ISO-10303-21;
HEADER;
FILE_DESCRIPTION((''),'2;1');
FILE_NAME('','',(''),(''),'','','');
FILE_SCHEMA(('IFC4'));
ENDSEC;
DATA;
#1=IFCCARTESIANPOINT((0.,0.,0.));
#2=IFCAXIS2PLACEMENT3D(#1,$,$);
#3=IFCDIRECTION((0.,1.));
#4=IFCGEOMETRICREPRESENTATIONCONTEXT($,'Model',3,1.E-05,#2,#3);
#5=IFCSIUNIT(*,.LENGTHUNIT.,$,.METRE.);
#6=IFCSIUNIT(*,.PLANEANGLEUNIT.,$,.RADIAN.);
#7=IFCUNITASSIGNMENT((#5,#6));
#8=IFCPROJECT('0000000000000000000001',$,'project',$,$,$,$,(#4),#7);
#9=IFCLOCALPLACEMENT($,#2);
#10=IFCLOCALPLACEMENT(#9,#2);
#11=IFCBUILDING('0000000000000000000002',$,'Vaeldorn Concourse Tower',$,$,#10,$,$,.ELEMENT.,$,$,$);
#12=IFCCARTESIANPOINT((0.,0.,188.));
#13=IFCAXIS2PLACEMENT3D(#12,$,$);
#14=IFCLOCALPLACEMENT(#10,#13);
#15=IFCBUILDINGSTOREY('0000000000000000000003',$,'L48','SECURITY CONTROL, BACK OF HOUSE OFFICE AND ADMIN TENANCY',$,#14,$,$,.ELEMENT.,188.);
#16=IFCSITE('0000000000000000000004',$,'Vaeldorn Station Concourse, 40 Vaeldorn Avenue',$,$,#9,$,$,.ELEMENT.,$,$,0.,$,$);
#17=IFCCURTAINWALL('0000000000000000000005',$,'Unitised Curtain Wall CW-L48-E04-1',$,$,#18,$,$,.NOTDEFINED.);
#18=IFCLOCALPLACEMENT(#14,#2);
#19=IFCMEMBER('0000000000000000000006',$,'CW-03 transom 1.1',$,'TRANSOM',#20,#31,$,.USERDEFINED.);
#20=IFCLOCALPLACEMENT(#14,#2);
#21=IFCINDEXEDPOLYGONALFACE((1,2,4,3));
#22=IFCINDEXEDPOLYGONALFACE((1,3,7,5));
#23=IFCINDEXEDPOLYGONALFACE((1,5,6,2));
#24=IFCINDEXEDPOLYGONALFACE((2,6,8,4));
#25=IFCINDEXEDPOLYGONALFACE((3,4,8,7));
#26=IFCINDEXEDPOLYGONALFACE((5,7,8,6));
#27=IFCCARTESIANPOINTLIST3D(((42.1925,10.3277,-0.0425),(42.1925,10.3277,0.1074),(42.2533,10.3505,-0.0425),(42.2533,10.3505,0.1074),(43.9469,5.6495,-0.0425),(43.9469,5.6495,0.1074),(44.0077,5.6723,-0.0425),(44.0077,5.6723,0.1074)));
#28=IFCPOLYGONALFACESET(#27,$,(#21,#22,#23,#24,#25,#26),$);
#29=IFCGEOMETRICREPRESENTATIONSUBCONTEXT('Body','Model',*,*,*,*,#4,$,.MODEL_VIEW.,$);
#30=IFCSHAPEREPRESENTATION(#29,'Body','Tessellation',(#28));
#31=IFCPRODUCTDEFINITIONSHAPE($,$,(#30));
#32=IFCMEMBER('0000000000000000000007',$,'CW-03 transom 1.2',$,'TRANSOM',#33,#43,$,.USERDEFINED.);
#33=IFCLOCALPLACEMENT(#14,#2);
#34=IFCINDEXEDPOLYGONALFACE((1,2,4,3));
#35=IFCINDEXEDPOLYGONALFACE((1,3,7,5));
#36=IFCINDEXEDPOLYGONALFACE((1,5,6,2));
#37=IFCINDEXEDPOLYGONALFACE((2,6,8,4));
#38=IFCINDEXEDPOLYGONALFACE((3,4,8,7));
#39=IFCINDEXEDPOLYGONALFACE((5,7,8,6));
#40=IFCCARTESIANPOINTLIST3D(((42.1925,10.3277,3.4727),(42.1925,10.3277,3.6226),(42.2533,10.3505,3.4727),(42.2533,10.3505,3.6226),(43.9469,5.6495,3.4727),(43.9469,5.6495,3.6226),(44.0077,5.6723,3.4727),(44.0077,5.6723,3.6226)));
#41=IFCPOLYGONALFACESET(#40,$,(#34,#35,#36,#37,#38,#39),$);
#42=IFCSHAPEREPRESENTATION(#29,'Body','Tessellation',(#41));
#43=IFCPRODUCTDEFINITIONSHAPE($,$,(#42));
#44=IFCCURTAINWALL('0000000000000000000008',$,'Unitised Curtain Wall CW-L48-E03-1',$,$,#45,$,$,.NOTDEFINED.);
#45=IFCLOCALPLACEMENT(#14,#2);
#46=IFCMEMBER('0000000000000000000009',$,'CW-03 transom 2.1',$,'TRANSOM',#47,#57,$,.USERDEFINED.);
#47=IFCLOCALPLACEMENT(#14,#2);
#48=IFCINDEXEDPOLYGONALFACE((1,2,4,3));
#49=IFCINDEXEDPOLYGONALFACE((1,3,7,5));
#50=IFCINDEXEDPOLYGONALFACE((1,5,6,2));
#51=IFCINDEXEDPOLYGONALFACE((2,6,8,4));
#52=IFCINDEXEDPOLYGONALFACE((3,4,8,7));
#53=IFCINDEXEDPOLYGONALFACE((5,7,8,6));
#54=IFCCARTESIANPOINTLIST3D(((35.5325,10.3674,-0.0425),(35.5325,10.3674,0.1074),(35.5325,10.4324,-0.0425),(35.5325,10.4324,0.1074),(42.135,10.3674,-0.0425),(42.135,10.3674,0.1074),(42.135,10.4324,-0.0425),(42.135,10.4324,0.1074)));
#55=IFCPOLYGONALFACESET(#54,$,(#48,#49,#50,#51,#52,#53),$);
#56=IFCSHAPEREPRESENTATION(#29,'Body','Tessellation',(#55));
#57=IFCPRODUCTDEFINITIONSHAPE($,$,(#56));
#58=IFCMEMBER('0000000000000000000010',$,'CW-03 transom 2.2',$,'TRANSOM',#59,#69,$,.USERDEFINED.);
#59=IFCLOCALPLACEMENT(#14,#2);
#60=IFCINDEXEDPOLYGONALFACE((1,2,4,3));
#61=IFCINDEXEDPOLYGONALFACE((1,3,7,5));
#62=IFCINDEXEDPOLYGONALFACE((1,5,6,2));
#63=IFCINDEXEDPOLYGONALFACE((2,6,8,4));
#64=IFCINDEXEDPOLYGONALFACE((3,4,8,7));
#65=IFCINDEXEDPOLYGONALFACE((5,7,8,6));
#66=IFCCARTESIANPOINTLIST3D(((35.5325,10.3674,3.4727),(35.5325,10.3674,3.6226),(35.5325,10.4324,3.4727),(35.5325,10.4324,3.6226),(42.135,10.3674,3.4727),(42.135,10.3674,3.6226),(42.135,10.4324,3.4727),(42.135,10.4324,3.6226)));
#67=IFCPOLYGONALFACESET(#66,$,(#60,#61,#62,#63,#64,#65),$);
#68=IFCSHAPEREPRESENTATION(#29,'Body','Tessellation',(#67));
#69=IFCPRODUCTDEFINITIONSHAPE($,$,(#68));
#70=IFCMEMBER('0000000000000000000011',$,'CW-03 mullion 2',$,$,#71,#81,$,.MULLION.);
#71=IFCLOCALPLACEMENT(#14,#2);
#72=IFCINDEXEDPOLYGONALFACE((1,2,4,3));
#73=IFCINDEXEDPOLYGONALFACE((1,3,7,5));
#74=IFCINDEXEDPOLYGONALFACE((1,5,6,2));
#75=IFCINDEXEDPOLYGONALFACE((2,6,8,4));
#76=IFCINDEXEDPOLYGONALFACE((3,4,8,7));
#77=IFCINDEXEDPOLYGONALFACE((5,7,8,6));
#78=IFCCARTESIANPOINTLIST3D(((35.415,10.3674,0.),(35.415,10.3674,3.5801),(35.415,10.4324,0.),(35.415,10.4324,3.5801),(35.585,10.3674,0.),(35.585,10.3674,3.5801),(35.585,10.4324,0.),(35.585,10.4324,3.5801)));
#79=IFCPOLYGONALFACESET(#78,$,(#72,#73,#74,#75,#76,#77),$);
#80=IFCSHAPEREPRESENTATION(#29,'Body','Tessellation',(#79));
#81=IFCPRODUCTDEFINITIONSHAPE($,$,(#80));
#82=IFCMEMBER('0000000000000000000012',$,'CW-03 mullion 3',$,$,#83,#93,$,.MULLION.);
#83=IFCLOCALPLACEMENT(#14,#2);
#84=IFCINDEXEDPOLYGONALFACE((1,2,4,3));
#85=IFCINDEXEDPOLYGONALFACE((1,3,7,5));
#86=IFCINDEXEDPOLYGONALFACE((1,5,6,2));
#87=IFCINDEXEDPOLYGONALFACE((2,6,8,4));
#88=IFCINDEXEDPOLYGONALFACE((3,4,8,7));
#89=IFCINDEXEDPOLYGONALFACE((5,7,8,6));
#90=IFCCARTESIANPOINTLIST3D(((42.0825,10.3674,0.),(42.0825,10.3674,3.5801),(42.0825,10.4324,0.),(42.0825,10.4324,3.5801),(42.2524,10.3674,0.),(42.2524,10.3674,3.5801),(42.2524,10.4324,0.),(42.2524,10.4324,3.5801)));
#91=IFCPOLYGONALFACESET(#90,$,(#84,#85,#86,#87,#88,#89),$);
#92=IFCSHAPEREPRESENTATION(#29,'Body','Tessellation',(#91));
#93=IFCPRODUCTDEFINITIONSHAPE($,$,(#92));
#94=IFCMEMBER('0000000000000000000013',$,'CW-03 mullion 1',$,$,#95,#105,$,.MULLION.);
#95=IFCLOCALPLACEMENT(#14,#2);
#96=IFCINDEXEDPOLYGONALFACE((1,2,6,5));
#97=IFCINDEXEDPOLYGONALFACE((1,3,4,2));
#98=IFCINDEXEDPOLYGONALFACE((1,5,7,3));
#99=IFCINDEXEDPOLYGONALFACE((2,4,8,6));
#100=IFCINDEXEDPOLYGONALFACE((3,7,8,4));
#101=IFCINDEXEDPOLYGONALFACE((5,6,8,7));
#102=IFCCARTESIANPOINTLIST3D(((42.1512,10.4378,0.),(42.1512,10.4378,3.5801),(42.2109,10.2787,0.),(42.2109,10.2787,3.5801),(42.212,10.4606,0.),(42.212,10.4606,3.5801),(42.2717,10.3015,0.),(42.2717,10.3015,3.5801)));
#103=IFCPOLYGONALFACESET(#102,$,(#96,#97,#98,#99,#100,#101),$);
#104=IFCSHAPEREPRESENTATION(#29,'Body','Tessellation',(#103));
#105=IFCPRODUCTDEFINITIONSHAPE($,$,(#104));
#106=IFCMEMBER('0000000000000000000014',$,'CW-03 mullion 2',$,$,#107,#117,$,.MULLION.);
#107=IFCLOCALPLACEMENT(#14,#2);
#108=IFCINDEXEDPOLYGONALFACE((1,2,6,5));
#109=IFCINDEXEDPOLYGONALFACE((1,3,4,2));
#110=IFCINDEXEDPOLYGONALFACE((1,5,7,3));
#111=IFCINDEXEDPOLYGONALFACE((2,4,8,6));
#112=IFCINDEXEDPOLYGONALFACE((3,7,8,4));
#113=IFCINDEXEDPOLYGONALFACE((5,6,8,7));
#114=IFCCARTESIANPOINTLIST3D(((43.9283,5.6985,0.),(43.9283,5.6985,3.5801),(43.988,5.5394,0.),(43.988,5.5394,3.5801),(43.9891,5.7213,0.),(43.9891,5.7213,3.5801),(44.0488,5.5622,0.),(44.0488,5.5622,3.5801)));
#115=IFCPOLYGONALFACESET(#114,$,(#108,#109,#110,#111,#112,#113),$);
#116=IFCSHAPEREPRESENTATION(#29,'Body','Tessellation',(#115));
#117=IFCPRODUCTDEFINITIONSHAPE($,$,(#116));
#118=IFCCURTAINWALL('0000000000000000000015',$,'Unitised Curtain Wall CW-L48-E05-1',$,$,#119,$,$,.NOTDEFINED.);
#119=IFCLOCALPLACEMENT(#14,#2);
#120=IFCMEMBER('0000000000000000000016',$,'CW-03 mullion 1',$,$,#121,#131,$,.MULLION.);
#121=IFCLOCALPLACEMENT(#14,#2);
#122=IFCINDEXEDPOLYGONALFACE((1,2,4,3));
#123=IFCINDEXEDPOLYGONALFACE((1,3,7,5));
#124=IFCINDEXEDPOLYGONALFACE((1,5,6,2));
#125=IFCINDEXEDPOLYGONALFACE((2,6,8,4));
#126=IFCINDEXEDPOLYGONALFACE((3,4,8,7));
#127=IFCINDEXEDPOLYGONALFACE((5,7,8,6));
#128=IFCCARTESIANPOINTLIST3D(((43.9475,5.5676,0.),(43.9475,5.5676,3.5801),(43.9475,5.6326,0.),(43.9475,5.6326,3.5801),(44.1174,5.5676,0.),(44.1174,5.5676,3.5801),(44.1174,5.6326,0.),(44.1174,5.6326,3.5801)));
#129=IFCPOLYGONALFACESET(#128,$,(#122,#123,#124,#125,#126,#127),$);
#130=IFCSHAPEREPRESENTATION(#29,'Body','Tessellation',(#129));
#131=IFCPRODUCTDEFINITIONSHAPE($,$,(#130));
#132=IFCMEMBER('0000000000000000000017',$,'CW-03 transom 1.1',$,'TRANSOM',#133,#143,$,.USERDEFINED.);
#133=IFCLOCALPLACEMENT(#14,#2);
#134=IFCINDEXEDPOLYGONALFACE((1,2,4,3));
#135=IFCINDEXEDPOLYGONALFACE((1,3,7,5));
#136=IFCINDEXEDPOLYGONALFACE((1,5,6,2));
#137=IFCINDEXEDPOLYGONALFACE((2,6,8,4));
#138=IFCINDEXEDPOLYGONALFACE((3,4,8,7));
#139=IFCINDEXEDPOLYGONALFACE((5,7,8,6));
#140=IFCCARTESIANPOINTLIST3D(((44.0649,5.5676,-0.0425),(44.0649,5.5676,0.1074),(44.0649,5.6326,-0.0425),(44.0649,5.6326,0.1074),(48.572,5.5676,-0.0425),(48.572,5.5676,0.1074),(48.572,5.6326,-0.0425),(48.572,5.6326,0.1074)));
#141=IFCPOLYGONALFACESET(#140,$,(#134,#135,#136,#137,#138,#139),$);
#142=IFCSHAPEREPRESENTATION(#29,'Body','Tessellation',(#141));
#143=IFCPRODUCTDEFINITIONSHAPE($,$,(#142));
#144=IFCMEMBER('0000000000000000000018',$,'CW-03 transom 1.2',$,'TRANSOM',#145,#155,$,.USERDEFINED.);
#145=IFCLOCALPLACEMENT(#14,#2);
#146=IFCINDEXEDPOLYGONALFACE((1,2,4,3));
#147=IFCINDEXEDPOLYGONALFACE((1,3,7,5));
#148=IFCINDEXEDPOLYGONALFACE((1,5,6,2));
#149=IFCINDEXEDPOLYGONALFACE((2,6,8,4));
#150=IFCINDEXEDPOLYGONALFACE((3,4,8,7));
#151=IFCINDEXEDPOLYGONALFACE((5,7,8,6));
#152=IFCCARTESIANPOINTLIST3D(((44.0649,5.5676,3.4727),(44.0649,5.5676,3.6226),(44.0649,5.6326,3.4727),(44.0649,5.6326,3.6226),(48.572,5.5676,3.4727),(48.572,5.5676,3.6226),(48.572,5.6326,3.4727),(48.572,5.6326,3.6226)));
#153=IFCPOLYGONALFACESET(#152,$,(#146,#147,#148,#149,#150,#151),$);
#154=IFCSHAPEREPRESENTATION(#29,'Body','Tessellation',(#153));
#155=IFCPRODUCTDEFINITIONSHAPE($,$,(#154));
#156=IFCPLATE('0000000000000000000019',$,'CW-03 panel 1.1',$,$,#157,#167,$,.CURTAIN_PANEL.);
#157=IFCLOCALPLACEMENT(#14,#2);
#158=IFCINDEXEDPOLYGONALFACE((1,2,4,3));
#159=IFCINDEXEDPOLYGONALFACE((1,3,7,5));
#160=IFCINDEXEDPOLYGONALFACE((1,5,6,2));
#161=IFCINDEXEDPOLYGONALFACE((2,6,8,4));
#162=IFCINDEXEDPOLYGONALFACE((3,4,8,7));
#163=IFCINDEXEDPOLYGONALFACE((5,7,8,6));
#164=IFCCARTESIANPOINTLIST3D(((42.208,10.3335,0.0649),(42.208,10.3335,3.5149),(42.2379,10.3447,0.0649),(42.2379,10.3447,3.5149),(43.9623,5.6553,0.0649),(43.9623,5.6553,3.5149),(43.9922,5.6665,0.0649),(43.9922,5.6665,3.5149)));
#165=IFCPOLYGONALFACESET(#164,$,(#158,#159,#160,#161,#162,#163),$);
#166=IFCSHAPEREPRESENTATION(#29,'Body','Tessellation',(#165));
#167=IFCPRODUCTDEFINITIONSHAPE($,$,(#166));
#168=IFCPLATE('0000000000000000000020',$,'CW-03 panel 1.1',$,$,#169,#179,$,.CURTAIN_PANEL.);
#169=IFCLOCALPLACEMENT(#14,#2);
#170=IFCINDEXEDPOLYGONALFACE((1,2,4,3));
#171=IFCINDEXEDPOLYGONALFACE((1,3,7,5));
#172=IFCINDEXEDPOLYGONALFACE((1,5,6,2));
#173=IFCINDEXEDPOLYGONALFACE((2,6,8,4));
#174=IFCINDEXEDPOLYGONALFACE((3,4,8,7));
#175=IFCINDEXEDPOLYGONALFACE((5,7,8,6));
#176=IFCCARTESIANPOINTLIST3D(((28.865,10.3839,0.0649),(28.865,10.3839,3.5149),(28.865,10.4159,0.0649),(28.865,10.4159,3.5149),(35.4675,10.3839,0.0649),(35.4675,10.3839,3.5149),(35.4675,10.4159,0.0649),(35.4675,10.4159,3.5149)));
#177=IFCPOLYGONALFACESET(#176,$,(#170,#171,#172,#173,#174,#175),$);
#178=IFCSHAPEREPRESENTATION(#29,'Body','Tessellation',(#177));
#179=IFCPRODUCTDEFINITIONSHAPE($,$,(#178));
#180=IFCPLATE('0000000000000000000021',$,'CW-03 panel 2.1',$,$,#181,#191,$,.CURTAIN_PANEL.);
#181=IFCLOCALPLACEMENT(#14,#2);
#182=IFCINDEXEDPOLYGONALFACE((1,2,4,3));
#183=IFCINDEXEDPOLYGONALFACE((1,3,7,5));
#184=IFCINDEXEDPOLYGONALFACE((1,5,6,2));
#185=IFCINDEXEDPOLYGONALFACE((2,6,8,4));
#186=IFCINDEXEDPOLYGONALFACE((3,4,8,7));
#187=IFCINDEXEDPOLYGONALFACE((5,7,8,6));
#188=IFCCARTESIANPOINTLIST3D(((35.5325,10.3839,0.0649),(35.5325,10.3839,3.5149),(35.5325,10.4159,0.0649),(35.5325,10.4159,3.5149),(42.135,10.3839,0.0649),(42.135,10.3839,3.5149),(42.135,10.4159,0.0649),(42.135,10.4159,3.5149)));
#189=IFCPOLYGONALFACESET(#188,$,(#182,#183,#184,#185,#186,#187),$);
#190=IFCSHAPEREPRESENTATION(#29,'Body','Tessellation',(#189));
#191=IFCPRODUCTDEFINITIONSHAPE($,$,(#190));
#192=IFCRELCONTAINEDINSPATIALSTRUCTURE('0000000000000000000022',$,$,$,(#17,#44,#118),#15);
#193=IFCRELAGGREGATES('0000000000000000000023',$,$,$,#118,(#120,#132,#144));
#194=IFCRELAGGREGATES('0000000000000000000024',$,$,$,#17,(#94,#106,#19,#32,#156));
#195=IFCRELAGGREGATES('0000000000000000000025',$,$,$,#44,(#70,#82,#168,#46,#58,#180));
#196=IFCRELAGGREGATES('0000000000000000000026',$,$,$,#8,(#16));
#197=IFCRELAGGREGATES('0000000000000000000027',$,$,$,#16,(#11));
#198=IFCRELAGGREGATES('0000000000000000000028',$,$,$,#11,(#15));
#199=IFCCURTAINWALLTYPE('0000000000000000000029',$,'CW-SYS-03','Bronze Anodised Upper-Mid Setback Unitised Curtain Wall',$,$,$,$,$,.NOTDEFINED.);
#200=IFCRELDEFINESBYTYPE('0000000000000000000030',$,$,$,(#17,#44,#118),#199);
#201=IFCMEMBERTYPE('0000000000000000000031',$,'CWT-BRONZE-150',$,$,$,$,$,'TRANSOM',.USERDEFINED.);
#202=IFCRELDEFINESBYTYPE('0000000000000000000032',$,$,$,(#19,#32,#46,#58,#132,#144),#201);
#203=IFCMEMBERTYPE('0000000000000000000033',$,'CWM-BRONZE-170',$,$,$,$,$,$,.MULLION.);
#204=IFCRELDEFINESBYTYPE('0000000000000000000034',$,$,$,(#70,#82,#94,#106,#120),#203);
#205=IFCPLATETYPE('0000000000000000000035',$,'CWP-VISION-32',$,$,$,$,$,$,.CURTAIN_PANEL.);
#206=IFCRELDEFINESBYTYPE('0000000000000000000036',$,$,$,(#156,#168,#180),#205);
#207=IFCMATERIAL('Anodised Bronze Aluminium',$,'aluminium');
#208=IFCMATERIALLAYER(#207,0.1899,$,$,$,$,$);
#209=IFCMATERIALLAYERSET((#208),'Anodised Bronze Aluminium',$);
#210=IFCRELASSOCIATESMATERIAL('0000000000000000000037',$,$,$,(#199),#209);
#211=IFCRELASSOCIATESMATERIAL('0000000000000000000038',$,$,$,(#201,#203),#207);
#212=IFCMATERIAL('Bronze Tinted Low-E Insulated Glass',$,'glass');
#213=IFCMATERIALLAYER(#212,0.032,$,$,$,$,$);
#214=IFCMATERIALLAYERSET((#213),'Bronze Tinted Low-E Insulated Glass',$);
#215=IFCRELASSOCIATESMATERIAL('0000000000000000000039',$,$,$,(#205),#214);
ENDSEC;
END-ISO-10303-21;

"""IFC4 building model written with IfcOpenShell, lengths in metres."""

from ifc_helpers import new_model, si_unit, direction, frame, origin, origin_2d, place, context, subcontext, project, spatial, rectangle, extrude, source, transform, mapped, material, layer, layer_set, material_profile, profile_set, type_object, element, aggregate, save


model = new_model("IFC4")

# Units and contexts
model_context = context("Model", 3, precision=1e-05, world=origin(), true_north=direction((0.0, 1.0)))
body_context = subcontext(model_context, "Body", "Model", "MODEL_VIEW")
ifc_project = project(units=[si_unit("LENGTHUNIT", "METRE"), si_unit("PLANEANGLEUNIT", "RADIAN")], contexts=[model_context])

# Site, building, storey
site_placement = place(None, origin())
site = spatial("IfcSite", under=ifc_project, at=site_placement, Name="Vaeldorn Station Concourse, 40 Vaeldorn Avenue", CompositionType="ELEMENT", RefElevation=0.0)
building_placement = place(site_placement, origin())
building = spatial("IfcBuilding", under=site, at=building_placement, Name="Vaeldorn Concourse Tower", CompositionType="ELEMENT")
storey_placement = place(building_placement, frame((0.0, 0.0, 188.0)))
storey = spatial("IfcBuildingStorey", under=building, at=storey_placement, Name="L48", Description="SECURITY CONTROL, BACK OF HOUSE OFFICE AND ADMIN TENANCY", CompositionType="ELEMENT", Elevation=188.0)

# Curtain walls, members
ifc_material_1 = material(Name="Anodised Bronze Aluminium", Category="aluminium")
ifc_layer_1 = layer(ifc_material_1, 0.1899)
ifc_layer_set_1 = layer_set([ifc_layer_1], Name="Anodised Bronze Aluminium")
curtain_wall_type = type_object("IfcCurtainWallType", Name="CW-SYS-03", Description="Bronze Anodised Upper-Mid Setback Unitised Curtain Wall", PredefinedType="NOTDEFINED", material=ifc_layer_set_1)
curtain_wall_1_placement = place(storey_placement, origin())
curtain_wall_1 = element("IfcCurtainWall", 1, at=curtain_wall_1_placement, inside=storey, type_object=curtain_wall_type, Name="Unitised Curtain Wall CW-L48-E04-1", PredefinedType="NOTDEFINED")
ifc_material_profile_1 = material_profile(ifc_material_1, rectangle(XDim=0.0649, YDim=0.1499, at=origin_2d()), Name="CWT 65x150")
ifc_profile_set_1 = profile_set([ifc_material_profile_1], Name="Anodised Bronze Aluminium")
member_type_1 = type_object("IfcMemberType", Name="CWT-BRONZE-150", ElementType="TRANSOM", PredefinedType="USERDEFINED", material=ifc_profile_set_1)
shared_shape_1 = source(origin(), body_context, "Body", "SweptSolid", [
    extrude(rectangle(XDim=0.0649, YDim=0.1499, at=origin_2d()), origin(), (0.0, 0.0, 1.0), 4.9963),
])
member_1_placement = place(storey_placement, frame((42.2229, 10.3391, 0.0325), z_axis=(0.351134, -0.936325, 0.0), x_axis=(0.936325, 0.351134, 0.0)))
member_1 = element("IfcMember", 2, at=member_1_placement, type_object=member_type_1, Name="CW-03 transom 1.1", ObjectType="TRANSOM", PredefinedType="USERDEFINED", context=body_context, shape_type="MappedRepresentation", body=[
    mapped(shared_shape_1, transform((0.0, 0.0, 0.0), scale=1.0)),
])
member_2_placement = place(storey_placement, frame((42.2229, 10.3391, 3.5476), z_axis=(0.351134, -0.936325, 0.0), x_axis=(0.936325, 0.351134, 0.0)))
member_2 = element("IfcMember", 3, at=member_2_placement, type_object=member_type_1, Name="CW-03 transom 1.2", ObjectType="TRANSOM", PredefinedType="USERDEFINED", context=body_context, shape_type="MappedRepresentation", body=[
    mapped(shared_shape_1, transform((0.0, 0.0, 0.0), scale=1.0)),
])
curtain_wall_2_placement = place(storey_placement, origin())
curtain_wall_2 = element("IfcCurtainWall", 4, at=curtain_wall_2_placement, inside=storey, type_object=curtain_wall_type, Name="Unitised Curtain Wall CW-L48-E03-1", PredefinedType="NOTDEFINED")
shared_shape_2 = source(origin(), body_context, "Body", "SweptSolid", [
    extrude(rectangle(XDim=0.0649, YDim=0.1499, at=origin_2d()), origin(), (0.0, 0.0, 1.0), 6.6025),
])
member_3_placement = place(storey_placement, frame((35.5325, 10.3999, 0.0325), z_axis=(1.0, 0.0, 0.0), x_axis=(0.0, 1.0, 0.0)))
member_3 = element("IfcMember", 5, at=member_3_placement, type_object=member_type_1, Name="CW-03 transom 2.1", ObjectType="TRANSOM", PredefinedType="USERDEFINED", context=body_context, shape_type="MappedRepresentation", body=[
    mapped(shared_shape_2, transform((0.0, 0.0, 0.0), scale=1.0)),
])
member_4_placement = place(storey_placement, frame((35.5325, 10.3999, 3.5476), z_axis=(1.0, 0.0, 0.0), x_axis=(0.0, 1.0, 0.0)))
member_4 = element("IfcMember", 6, at=member_4_placement, type_object=member_type_1, Name="CW-03 transom 2.2", ObjectType="TRANSOM", PredefinedType="USERDEFINED", context=body_context, shape_type="MappedRepresentation", body=[
    mapped(shared_shape_2, transform((0.0, 0.0, 0.0), scale=1.0)),
])
ifc_material_profile_2 = material_profile(ifc_material_1, rectangle(XDim=0.0649, YDim=0.1699, at=origin_2d()), Name="CWM 65x170")
ifc_profile_set_2 = profile_set([ifc_material_profile_2], Name="Anodised Bronze Aluminium")
member_type_2 = type_object("IfcMemberType", Name="CWM-BRONZE-170", PredefinedType="MULLION", material=ifc_profile_set_2)
shared_shape_3 = source(origin(), body_context, "Body", "SweptSolid", [
    extrude(rectangle(XDim=0.0649, YDim=0.1699, at=origin_2d()), origin(), (0.0, 0.0, 1.0), 3.5801),
])
member_5_placement = place(storey_placement, frame((35.5, 10.3999, 0.0), z_axis=(0.0, 0.0, 1.0), x_axis=(0.0, 1.0, 0.0)))
member_5 = element("IfcMember", 7, at=member_5_placement, type_object=member_type_2, Name="CW-03 mullion 2", PredefinedType="MULLION", context=body_context, shape_type="MappedRepresentation", body=[
    mapped(shared_shape_3, transform((0.0, 0.0, 0.0), scale=1.0)),
])
member_6_placement = place(storey_placement, frame((42.1675, 10.3999, 0.0), z_axis=(0.0, 0.0, 1.0), x_axis=(0.0, 1.0, 0.0)))
member_6 = element("IfcMember", 8, at=member_6_placement, type_object=member_type_2, Name="CW-03 mullion 3", PredefinedType="MULLION", context=body_context, shape_type="MappedRepresentation", body=[
    mapped(shared_shape_3, transform((0.0, 0.0, 0.0), scale=1.0)),
])

# Members
member_7_placement = place(storey_placement, frame((42.2114, 10.3696, 0.0), z_axis=(0.0, 0.0, 1.0), x_axis=(0.936329, 0.351123, 0.0)))
member_7 = element("IfcMember", 9, at=member_7_placement, type_object=member_type_2, Name="CW-03 mullion 1", PredefinedType="MULLION", context=body_context, shape_type="MappedRepresentation", body=[
    mapped(shared_shape_3, transform((0.0, 0.0, 0.0), scale=1.0)),
])
member_8_placement = place(storey_placement, frame((43.9885, 5.6304, 0.0), z_axis=(0.0, 0.0, 1.0), x_axis=(0.936329, 0.351123, 0.0)))
member_8 = element("IfcMember", 10, at=member_8_placement, type_object=member_type_2, Name="CW-03 mullion 2", PredefinedType="MULLION", context=body_context, shape_type="MappedRepresentation", body=[
    mapped(shared_shape_3, transform((0.0, 0.0, 0.0), scale=1.0)),
])

# Curtain wall, members
curtain_wall_3_placement = place(storey_placement, origin())
curtain_wall_3 = element("IfcCurtainWall", 11, at=curtain_wall_3_placement, inside=storey, type_object=curtain_wall_type, Name="Unitised Curtain Wall CW-L48-E05-1", PredefinedType="NOTDEFINED")
member_9_placement = place(storey_placement, frame((44.0325, 5.6001, 0.0), z_axis=(0.0, 0.0, 1.0), x_axis=(0.0, 1.0, 0.0)))
member_9 = element("IfcMember", 12, at=member_9_placement, type_object=member_type_2, Name="CW-03 mullion 1", PredefinedType="MULLION", context=body_context, shape_type="MappedRepresentation", body=[
    mapped(shared_shape_3, transform((0.0, 0.0, 0.0), scale=1.0)),
])
shared_shape_4 = source(origin(), body_context, "Body", "SweptSolid", [
    extrude(rectangle(XDim=0.0649, YDim=0.1499, at=origin_2d()), origin(), (0.0, 0.0, 1.0), 4.5071),
])
member_10_placement = place(storey_placement, frame((44.0649, 5.6001, 0.0325), z_axis=(1.0, 0.0, 0.0), x_axis=(0.0, 1.0, 0.0)))
member_10 = element("IfcMember", 13, at=member_10_placement, type_object=member_type_1, Name="CW-03 transom 1.1", ObjectType="TRANSOM", PredefinedType="USERDEFINED", context=body_context, shape_type="MappedRepresentation", body=[
    mapped(shared_shape_4, transform((0.0, 0.0, 0.0), scale=1.0)),
])
member_11_placement = place(storey_placement, frame((44.0649, 5.6001, 3.5476), z_axis=(1.0, 0.0, 0.0), x_axis=(0.0, 1.0, 0.0)))
member_11 = element("IfcMember", 14, at=member_11_placement, type_object=member_type_1, Name="CW-03 transom 1.2", ObjectType="TRANSOM", PredefinedType="USERDEFINED", context=body_context, shape_type="MappedRepresentation", body=[
    mapped(shared_shape_4, transform((0.0, 0.0, 0.0), scale=1.0)),
])
aggregate(curtain_wall_3, [member_9, member_10, member_11])

# Plates
ifc_material_2 = material(Name="Bronze Tinted Low-E Insulated Glass", Category="glass")
ifc_layer_2 = layer(ifc_material_2, 0.032)
ifc_layer_set_2 = layer_set([ifc_layer_2], Name="Bronze Tinted Low-E Insulated Glass")
plate_type = type_object("IfcPlateType", Name="CWP-VISION-32", PredefinedType="CURTAIN_PANEL", material=ifc_layer_set_2)
shared_shape_5 = source(origin(), body_context, "Body", "SweptSolid", [
    extrude(rectangle(XDim=4.9963, YDim=0.032, at=origin_2d()), origin(), (0.0, 0.0, 1.0), 3.45),
])
plate_1_placement = place(storey_placement, frame((43.1001, 8.0, 0.0649), z_axis=(0.0, 0.0, 1.0), x_axis=(0.351123, -0.936329, 0.0)))
plate_1 = element("IfcPlate", 15, at=plate_1_placement, type_object=plate_type, Name="CW-03 panel 1.1", PredefinedType="CURTAIN_PANEL", context=body_context, shape_type="MappedRepresentation", body=[
    mapped(shared_shape_5, transform((0.0, 0.0, 0.0), scale=1.0)),
])
aggregate(curtain_wall_1, [member_7, member_8, member_1, member_2, plate_1])
shared_shape_6 = source(origin(), body_context, "Body", "SweptSolid", [
    extrude(rectangle(XDim=6.6025, YDim=0.032, at=origin_2d()), origin(), (0.0, 0.0, 1.0), 3.45),
])
plate_2_placement = place(storey_placement, frame((32.1663, 10.3999, 0.0649), z_axis=(0.0, 0.0, 1.0), x_axis=(1.0, 0.0, 0.0)))
plate_2 = element("IfcPlate", 16, at=plate_2_placement, type_object=plate_type, Name="CW-03 panel 1.1", PredefinedType="CURTAIN_PANEL", context=body_context, shape_type="MappedRepresentation", body=[
    mapped(shared_shape_6, transform((0.0, 0.0, 0.0), scale=1.0)),
])
plate_3_placement = place(storey_placement, frame((38.8337, 10.3999, 0.0649), z_axis=(0.0, 0.0, 1.0), x_axis=(1.0, 0.0, 0.0)))
plate_3 = element("IfcPlate", 17, at=plate_3_placement, type_object=plate_type, Name="CW-03 panel 2.1", PredefinedType="CURTAIN_PANEL", context=body_context, shape_type="MappedRepresentation", body=[
    mapped(shared_shape_6, transform((0.0, 0.0, 0.0), scale=1.0)),
])
aggregate(curtain_wall_2, [member_5, member_6, plate_2, member_3, member_4, plate_3])

save(model, "model.ifc")
